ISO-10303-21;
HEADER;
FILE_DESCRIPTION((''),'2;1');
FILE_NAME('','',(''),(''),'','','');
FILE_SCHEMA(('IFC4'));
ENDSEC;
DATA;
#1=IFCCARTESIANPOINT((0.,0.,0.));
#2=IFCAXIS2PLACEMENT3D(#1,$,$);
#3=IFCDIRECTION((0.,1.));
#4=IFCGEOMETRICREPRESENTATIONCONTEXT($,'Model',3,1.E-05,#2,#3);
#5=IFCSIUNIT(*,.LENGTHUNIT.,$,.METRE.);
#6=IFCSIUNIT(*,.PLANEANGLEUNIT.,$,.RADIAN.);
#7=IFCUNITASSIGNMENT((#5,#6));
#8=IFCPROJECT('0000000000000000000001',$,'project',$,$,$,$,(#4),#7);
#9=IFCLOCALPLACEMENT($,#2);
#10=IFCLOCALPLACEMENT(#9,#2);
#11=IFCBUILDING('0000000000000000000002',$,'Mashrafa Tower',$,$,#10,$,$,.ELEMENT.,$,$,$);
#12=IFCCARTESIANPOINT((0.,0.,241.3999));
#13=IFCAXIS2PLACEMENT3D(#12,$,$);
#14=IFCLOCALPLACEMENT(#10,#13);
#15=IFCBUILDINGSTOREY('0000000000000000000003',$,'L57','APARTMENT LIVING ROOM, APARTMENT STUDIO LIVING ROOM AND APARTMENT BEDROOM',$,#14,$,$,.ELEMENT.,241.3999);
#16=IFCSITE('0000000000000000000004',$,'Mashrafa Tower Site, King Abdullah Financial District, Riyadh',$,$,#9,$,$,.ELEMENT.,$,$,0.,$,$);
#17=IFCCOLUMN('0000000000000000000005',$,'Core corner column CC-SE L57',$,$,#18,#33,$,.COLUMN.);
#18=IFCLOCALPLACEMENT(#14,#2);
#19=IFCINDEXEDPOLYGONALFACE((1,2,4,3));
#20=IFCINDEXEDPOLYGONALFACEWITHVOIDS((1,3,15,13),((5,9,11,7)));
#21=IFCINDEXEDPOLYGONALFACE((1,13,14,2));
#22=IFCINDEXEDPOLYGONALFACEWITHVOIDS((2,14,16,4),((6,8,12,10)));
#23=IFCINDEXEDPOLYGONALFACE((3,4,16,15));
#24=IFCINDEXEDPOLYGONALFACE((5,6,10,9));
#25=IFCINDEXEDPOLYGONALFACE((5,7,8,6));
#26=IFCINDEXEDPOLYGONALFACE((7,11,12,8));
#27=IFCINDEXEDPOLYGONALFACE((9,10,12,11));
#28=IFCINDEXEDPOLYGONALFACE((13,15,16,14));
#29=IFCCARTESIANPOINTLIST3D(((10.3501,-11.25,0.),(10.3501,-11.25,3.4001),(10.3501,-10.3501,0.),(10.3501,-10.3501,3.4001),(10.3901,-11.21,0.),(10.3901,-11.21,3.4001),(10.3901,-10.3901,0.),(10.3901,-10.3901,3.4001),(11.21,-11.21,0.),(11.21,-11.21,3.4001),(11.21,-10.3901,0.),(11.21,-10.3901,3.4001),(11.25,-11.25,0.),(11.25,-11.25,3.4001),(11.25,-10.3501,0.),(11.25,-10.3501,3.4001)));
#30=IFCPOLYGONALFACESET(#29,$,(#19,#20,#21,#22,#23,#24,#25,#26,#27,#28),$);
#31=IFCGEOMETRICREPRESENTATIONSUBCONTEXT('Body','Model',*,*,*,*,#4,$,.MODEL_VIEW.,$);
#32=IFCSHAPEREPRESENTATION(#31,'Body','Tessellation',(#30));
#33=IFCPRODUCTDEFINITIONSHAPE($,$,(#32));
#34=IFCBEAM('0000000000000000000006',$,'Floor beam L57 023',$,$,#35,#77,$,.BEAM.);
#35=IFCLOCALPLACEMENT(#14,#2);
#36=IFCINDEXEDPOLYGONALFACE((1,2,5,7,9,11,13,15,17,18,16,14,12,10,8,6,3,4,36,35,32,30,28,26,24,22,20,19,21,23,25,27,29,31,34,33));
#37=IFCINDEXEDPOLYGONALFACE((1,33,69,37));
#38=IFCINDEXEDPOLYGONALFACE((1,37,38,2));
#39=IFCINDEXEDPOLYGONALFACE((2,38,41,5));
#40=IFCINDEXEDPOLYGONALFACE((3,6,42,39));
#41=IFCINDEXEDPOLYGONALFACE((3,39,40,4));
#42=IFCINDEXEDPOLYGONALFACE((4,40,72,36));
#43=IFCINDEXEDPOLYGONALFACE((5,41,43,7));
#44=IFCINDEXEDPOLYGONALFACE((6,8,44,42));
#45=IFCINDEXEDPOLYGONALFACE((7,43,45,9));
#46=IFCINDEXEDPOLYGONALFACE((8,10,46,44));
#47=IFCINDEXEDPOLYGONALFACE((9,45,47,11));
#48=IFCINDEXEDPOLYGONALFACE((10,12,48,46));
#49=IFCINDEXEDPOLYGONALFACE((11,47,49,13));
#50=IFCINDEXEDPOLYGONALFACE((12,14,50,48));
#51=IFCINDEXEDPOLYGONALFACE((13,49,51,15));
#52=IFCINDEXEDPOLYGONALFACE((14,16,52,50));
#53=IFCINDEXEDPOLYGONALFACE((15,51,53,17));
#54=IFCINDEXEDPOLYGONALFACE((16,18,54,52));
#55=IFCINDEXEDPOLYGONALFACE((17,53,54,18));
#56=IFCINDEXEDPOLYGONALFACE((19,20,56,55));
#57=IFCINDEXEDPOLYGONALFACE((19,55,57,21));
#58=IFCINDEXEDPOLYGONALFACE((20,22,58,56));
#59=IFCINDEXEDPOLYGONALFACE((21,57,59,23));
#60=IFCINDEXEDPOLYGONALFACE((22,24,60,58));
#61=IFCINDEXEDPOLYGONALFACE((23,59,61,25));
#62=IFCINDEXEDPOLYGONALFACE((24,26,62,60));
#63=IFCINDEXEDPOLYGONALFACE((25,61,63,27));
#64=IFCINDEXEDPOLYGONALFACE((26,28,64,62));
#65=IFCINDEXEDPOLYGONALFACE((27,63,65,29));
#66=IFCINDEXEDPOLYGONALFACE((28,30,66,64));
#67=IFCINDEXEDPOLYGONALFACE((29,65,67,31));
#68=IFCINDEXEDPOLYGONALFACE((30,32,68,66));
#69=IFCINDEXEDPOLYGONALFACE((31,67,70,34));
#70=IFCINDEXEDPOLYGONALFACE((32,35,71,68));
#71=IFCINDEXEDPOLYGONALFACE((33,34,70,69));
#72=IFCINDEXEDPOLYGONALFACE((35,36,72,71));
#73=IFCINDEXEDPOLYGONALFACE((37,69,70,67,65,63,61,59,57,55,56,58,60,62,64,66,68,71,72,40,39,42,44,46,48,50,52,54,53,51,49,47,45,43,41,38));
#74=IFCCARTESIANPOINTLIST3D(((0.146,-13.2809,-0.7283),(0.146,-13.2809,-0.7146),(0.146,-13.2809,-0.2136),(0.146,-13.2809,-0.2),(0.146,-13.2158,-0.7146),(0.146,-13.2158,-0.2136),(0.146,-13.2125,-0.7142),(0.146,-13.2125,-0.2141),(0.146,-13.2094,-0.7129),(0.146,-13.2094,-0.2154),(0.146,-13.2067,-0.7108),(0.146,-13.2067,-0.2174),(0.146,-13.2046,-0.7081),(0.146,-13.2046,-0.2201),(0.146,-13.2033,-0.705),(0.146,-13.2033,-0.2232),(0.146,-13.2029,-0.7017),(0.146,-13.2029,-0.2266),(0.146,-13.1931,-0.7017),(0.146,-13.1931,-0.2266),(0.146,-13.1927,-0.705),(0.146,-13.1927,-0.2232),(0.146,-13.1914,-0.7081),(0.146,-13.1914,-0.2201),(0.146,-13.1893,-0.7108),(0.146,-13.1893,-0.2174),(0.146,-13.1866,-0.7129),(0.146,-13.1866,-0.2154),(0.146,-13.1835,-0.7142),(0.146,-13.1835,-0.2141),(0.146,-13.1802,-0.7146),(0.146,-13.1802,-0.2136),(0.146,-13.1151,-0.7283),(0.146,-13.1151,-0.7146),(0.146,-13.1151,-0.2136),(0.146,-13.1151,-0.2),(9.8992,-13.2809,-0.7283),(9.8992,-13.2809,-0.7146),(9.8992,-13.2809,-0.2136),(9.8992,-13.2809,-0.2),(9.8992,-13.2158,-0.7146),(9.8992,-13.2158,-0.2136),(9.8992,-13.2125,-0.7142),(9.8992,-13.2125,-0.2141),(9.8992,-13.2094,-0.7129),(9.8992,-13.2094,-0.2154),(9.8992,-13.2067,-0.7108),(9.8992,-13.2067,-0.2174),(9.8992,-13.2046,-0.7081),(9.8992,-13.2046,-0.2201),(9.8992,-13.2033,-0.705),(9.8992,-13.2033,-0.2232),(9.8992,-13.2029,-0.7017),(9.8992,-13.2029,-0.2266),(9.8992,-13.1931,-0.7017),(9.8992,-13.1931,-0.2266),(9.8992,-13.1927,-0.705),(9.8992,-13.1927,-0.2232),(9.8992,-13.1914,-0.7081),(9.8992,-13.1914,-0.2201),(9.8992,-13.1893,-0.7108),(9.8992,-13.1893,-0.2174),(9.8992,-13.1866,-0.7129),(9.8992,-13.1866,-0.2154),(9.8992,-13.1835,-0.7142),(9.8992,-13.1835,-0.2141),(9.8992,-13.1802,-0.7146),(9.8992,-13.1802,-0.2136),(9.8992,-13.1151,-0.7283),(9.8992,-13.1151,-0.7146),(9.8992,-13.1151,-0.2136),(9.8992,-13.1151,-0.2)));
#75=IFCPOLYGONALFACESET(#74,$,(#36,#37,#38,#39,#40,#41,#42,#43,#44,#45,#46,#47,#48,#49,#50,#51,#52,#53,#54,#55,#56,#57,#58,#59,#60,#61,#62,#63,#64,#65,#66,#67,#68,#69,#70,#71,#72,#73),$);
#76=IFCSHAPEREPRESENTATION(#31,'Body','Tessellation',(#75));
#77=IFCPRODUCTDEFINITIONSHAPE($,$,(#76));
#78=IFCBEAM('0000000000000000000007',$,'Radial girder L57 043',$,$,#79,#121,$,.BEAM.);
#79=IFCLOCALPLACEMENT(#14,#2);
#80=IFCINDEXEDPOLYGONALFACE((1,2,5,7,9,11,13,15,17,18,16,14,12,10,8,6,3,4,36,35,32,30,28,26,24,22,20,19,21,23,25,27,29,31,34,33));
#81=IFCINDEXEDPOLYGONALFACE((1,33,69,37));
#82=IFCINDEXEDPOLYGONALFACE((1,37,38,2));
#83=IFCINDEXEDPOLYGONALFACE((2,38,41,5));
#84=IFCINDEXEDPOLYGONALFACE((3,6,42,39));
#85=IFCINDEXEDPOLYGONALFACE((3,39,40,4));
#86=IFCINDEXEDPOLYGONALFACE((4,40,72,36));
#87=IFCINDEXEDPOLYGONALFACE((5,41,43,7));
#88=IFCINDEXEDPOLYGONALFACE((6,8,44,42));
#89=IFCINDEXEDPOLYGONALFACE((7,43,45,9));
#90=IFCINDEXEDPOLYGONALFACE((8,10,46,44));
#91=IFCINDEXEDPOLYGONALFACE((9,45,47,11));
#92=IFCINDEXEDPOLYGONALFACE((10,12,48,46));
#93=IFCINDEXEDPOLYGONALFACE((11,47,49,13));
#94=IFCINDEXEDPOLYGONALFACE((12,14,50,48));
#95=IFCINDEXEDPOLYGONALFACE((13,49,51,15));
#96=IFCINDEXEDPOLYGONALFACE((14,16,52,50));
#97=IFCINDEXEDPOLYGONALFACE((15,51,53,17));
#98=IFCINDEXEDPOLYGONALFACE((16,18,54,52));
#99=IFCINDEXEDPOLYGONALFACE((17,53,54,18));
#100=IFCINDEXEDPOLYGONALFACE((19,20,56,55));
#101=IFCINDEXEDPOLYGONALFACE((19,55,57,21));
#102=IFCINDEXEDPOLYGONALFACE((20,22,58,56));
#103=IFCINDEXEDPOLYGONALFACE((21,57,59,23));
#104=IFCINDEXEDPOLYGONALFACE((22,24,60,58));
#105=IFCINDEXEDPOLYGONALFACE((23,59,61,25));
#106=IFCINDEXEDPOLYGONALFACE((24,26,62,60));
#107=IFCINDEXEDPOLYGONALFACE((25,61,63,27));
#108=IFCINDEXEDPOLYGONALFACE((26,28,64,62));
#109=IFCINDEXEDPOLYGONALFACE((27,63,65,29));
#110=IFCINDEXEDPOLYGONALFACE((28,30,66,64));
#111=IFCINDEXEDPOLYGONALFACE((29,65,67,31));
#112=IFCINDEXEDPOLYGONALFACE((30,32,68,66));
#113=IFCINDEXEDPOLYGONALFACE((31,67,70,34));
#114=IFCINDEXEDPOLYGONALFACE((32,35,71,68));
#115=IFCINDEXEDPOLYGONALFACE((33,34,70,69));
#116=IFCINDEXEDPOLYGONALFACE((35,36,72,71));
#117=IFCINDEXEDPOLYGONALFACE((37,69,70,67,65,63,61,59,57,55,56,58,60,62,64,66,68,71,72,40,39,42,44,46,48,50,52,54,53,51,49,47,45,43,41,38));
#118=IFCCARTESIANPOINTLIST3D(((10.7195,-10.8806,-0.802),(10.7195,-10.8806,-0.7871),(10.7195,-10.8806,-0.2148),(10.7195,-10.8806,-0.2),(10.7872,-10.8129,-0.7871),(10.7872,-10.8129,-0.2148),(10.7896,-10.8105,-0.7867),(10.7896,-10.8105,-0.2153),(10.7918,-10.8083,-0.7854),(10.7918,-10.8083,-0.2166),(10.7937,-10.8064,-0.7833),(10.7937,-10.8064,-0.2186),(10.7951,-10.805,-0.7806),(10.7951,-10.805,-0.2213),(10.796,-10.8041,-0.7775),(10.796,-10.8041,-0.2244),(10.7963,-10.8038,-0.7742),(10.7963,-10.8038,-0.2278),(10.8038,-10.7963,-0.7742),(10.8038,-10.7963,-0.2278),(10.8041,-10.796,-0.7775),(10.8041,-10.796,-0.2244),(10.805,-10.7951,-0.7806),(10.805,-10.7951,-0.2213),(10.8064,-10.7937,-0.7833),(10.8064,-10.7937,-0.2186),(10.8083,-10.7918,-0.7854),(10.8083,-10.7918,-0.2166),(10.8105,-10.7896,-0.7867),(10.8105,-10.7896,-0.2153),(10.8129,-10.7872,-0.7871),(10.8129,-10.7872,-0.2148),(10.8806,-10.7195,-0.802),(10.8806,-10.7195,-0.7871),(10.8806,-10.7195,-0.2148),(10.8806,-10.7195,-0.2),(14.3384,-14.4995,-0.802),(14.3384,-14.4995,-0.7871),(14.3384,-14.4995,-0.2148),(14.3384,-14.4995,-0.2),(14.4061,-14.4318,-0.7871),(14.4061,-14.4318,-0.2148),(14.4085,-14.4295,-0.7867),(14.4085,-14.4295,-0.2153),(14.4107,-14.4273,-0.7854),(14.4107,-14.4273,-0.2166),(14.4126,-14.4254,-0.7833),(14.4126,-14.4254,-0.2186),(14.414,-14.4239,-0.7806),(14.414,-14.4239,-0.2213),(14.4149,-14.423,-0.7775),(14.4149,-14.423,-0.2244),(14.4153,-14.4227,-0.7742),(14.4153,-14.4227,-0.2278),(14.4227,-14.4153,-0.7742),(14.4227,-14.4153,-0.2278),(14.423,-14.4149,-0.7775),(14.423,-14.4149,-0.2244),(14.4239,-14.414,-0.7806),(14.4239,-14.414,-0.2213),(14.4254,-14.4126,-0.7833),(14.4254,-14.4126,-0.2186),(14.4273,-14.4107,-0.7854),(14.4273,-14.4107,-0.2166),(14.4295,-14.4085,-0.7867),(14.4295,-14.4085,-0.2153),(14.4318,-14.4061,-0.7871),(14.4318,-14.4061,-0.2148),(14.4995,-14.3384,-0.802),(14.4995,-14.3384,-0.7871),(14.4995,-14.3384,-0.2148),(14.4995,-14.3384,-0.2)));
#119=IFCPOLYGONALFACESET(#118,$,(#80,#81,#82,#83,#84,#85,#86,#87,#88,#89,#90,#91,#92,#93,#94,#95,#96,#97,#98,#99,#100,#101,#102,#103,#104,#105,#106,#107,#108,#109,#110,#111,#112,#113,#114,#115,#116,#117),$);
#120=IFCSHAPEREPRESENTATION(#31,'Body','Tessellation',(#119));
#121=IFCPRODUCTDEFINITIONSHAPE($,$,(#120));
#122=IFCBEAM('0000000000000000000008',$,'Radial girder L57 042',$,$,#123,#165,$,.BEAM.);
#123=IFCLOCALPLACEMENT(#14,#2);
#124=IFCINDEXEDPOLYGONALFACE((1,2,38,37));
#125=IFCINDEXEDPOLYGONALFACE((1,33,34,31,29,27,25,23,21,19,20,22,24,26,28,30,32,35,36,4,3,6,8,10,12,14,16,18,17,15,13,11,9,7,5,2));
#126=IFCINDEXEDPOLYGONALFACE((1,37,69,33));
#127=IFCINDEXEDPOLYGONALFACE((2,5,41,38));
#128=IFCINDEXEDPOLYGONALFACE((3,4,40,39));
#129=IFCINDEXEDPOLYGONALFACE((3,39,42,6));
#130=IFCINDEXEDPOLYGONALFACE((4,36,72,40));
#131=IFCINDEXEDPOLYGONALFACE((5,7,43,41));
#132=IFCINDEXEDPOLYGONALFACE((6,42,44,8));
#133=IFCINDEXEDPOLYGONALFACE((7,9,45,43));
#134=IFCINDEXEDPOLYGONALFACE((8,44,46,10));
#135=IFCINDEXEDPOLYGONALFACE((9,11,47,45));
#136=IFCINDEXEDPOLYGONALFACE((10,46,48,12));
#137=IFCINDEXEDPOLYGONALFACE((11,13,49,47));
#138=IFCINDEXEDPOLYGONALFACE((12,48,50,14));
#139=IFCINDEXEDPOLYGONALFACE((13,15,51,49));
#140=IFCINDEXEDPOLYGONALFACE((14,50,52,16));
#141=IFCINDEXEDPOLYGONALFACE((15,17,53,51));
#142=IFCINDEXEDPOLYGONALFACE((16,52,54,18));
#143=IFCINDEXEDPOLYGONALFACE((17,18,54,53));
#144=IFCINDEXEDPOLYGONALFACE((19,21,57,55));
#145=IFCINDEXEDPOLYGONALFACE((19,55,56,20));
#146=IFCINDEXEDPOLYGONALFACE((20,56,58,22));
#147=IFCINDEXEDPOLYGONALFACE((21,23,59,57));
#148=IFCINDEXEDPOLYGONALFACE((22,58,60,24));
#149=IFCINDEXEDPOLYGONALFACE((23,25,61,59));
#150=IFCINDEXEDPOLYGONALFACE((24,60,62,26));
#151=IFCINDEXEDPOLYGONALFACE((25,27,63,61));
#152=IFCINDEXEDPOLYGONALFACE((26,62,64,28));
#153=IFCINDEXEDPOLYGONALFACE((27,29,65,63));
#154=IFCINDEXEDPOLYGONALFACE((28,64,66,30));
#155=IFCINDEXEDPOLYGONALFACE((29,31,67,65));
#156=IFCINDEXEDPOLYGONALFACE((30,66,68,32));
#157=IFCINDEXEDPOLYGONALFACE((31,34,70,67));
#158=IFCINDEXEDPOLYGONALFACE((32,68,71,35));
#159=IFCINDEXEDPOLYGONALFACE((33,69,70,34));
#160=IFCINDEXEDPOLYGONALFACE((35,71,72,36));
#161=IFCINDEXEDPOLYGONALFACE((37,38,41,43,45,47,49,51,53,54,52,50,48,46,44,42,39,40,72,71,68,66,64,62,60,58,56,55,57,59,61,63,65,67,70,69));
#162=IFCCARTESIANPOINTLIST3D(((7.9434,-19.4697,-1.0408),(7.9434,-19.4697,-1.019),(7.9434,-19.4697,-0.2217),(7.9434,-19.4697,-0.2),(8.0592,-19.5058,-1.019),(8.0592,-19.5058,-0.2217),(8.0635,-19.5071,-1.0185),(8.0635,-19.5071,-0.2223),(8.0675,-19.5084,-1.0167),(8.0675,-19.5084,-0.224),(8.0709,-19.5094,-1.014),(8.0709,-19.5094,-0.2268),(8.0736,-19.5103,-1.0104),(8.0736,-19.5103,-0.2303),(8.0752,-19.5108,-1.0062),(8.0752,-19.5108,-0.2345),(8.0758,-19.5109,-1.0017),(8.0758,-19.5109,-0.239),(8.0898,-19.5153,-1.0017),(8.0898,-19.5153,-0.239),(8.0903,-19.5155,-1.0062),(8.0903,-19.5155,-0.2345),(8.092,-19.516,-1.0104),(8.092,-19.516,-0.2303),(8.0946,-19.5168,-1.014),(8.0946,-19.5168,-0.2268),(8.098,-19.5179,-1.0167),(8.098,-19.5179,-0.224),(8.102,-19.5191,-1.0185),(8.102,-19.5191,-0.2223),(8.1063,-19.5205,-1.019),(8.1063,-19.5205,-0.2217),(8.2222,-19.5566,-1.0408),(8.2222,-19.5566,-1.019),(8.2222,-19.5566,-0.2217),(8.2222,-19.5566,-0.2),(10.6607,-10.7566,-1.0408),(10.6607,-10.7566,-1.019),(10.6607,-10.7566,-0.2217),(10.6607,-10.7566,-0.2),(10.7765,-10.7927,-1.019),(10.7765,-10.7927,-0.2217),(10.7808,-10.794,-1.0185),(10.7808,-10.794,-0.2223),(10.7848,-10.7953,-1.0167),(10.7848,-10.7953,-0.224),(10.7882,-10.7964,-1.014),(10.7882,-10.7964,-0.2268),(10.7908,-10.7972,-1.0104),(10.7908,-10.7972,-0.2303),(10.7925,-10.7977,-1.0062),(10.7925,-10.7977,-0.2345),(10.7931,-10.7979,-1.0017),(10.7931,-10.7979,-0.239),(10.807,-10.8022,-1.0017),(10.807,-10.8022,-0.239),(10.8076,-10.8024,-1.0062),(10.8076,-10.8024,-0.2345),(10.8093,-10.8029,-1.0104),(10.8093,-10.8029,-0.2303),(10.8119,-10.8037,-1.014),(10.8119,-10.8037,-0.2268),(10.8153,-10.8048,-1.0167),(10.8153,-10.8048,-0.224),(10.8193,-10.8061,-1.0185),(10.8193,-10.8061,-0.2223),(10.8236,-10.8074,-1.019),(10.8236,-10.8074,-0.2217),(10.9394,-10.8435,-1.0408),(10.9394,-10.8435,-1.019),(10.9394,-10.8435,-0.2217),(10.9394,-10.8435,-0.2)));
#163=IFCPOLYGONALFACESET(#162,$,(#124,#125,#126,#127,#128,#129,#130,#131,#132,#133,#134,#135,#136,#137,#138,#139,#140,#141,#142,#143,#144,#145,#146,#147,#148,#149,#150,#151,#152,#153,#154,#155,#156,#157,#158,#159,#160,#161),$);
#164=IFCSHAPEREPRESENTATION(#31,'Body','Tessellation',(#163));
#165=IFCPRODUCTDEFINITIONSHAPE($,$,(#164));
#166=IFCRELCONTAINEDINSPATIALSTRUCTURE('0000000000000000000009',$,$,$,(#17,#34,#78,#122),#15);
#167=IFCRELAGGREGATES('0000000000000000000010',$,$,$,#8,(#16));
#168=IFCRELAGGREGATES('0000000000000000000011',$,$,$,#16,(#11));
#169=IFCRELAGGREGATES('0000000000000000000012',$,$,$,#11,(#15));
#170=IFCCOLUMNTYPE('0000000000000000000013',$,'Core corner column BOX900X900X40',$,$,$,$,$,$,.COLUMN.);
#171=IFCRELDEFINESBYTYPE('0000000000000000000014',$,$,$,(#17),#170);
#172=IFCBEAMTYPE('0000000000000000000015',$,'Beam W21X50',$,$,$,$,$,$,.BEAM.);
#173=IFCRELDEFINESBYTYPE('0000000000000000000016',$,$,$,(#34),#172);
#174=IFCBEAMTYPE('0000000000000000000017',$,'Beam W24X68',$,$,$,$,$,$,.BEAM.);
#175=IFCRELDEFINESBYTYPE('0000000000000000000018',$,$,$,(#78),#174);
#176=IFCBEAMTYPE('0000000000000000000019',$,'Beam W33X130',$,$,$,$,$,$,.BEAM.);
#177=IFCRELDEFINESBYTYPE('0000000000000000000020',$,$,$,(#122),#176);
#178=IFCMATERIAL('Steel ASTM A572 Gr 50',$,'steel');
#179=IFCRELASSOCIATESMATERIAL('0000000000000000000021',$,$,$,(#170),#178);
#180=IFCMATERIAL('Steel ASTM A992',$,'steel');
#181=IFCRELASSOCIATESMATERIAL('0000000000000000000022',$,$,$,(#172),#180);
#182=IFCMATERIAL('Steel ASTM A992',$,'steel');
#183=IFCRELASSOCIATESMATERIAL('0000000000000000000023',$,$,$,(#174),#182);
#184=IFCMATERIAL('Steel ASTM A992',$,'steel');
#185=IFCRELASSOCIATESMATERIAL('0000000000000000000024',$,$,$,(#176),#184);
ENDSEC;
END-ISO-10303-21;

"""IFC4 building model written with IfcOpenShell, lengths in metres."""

from ifc_helpers import new_model, si_unit, direction, frame, origin, origin_2d, place, context, subcontext, project, spatial, hollow_rectangle, i_section, extrude, material, material_profile, profile_set, type_object, element, save


model = new_model("IFC4")

# Units and contexts
model_context = context("Model", 3, precision=1e-05, world=origin(), true_north=direction((0.0, 1.0)))
body_context = subcontext(model_context, "Body", "Model", "MODEL_VIEW")
ifc_project = project(units=[si_unit("LENGTHUNIT", "METRE"), si_unit("PLANEANGLEUNIT", "RADIAN")], contexts=[model_context])

# Site, building, storey
site_placement = place(None, origin())
site = spatial("IfcSite", under=ifc_project, at=site_placement, Name="Mashrafa Tower Site, King Abdullah Financial District, Riyadh", CompositionType="ELEMENT", RefElevation=0.0)
building_placement = place(site_placement, origin())
building = spatial("IfcBuilding", under=site, at=building_placement, Name="Mashrafa Tower", CompositionType="ELEMENT")
storey_placement = place(building_placement, frame((0.0, 0.0, 241.3999)))
storey = spatial("IfcBuildingStorey", under=building, at=storey_placement, Name="L57", Description="APARTMENT LIVING ROOM, APARTMENT STUDIO LIVING ROOM AND APARTMENT BEDROOM", CompositionType="ELEMENT", Elevation=241.3999)

# Column
ifc_material_1 = material(Name="Steel ASTM A572 Gr 50", Category="steel")
ifc_material_profile_1 = material_profile(ifc_material_1, hollow_rectangle(XDim=0.8999, YDim=0.8999, WallThickness=0.04, at=origin_2d()), Name="BOX900X900X40")
ifc_profile_set_1 = profile_set([ifc_material_profile_1], Name="Steel ASTM A572 Gr 50")
column_type = type_object("IfcColumnType", Name="Core corner column BOX900X900X40", PredefinedType="COLUMN", material=ifc_profile_set_1)
column_placement = place(storey_placement, frame((10.8, -10.8, 0.0), z_axis=(0.0, 0.0, 1.0), x_axis=(1.0, 0.0, 0.0)))
element("IfcColumn", 1, at=column_placement, inside=storey, type_object=column_type, Name="Core corner column CC-SE L57", PredefinedType="COLUMN", context=body_context, shape_type="SweptSolid", body=[
    extrude(hollow_rectangle(XDim=0.8999, YDim=0.8999, WallThickness=0.04, at=origin_2d()), origin(), (0.0, 0.0, 1.0), 3.4001),
])

# Beams
ifc_material_2 = material(Name="Steel ASTM A992", Category="steel")
ifc_material_profile_2 = material_profile(ifc_material_2, i_section(OverallWidth=0.1658, OverallDepth=0.5283, WebThickness=0.0098, FlangeThickness=0.0137, FilletRadius=0.0129, at=origin_2d()), Name="W21X50")
ifc_profile_set_2 = profile_set([ifc_material_profile_2], Name="Steel ASTM A992")
beam_type_1 = type_object("IfcBeamType", Name="Beam W21X50", PredefinedType="BEAM", material=ifc_profile_set_2)
beam_1_placement = place(storey_placement, frame((9.8992, -13.198, -0.4641), z_axis=(-1.0, 0.0, 0.0), x_axis=(0.0, -1.0, 0.0)))
element("IfcBeam", 2, at=beam_1_placement, inside=storey, type_object=beam_type_1, Name="Floor beam L57 023", PredefinedType="BEAM", context=body_context, shape_type="SweptSolid", body=[
    extrude(i_section(OverallWidth=0.1658, OverallDepth=0.5283, WebThickness=0.0098, FlangeThickness=0.0137, FilletRadius=0.0129, at=origin_2d()), origin(), (0.0, 0.0, 1.0), 9.7532),
])
ifc_material_3 = material(Name="Steel ASTM A992", Category="steel")
ifc_material_profile_3 = material_profile(ifc_material_3, i_section(OverallWidth=0.2278, OverallDepth=0.6021, WebThickness=0.0105, FlangeThickness=0.0149, FilletRadius=0.0129, at=origin_2d()), Name="W24X68")
ifc_profile_set_3 = profile_set([ifc_material_profile_3], Name="Steel ASTM A992")
beam_type_2 = type_object("IfcBeamType", Name="Beam W24X68", PredefinedType="BEAM", material=ifc_profile_set_3)
beam_2_placement = place(storey_placement, frame((10.8, -10.8, -0.501), z_axis=(0.707107, -0.707107, 0.0), x_axis=(0.707107, 0.707107, 0.0)))
element("IfcBeam", 3, at=beam_2_placement, inside=storey, type_object=beam_type_2, Name="Radial girder L57 043", PredefinedType="BEAM", context=body_context, shape_type="SweptSolid", body=[
    extrude(i_section(OverallWidth=0.2278, OverallDepth=0.6021, WebThickness=0.0105, FlangeThickness=0.0149, FilletRadius=0.0129, at=origin_2d()), origin(), (0.0, 0.0, 1.0), 5.1179),
])
ifc_material_4 = material(Name="Steel ASTM A992", Category="steel")
ifc_material_profile_4 = material_profile(ifc_material_4, i_section(OverallWidth=0.292, OverallDepth=0.8408, WebThickness=0.0146, FlangeThickness=0.0217, FilletRadius=0.0173, at=origin_2d()), Name="W33X130")
ifc_profile_set_4 = profile_set([ifc_material_profile_4], Name="Steel ASTM A992")
beam_type_3 = type_object("IfcBeamType", Name="Beam W33X130", PredefinedType="BEAM", material=ifc_profile_set_4)
beam_3_placement = place(storey_placement, frame((10.8, -10.8, -0.6204), z_axis=(-0.297719, -0.954654, 0.0), x_axis=(0.954654, -0.297719, 0.0)))
element("IfcBeam", 4, at=beam_3_placement, inside=storey, type_object=beam_type_3, Name="Radial girder L57 042", PredefinedType="BEAM", context=body_context, shape_type="SweptSolid", body=[
    extrude(i_section(OverallWidth=0.292, OverallDepth=0.8408, WebThickness=0.0146, FlangeThickness=0.0217, FilletRadius=0.0173, at=origin_2d()), origin(), (0.0, 0.0, 1.0), 9.127),
])

save(model, "model.ifc")
